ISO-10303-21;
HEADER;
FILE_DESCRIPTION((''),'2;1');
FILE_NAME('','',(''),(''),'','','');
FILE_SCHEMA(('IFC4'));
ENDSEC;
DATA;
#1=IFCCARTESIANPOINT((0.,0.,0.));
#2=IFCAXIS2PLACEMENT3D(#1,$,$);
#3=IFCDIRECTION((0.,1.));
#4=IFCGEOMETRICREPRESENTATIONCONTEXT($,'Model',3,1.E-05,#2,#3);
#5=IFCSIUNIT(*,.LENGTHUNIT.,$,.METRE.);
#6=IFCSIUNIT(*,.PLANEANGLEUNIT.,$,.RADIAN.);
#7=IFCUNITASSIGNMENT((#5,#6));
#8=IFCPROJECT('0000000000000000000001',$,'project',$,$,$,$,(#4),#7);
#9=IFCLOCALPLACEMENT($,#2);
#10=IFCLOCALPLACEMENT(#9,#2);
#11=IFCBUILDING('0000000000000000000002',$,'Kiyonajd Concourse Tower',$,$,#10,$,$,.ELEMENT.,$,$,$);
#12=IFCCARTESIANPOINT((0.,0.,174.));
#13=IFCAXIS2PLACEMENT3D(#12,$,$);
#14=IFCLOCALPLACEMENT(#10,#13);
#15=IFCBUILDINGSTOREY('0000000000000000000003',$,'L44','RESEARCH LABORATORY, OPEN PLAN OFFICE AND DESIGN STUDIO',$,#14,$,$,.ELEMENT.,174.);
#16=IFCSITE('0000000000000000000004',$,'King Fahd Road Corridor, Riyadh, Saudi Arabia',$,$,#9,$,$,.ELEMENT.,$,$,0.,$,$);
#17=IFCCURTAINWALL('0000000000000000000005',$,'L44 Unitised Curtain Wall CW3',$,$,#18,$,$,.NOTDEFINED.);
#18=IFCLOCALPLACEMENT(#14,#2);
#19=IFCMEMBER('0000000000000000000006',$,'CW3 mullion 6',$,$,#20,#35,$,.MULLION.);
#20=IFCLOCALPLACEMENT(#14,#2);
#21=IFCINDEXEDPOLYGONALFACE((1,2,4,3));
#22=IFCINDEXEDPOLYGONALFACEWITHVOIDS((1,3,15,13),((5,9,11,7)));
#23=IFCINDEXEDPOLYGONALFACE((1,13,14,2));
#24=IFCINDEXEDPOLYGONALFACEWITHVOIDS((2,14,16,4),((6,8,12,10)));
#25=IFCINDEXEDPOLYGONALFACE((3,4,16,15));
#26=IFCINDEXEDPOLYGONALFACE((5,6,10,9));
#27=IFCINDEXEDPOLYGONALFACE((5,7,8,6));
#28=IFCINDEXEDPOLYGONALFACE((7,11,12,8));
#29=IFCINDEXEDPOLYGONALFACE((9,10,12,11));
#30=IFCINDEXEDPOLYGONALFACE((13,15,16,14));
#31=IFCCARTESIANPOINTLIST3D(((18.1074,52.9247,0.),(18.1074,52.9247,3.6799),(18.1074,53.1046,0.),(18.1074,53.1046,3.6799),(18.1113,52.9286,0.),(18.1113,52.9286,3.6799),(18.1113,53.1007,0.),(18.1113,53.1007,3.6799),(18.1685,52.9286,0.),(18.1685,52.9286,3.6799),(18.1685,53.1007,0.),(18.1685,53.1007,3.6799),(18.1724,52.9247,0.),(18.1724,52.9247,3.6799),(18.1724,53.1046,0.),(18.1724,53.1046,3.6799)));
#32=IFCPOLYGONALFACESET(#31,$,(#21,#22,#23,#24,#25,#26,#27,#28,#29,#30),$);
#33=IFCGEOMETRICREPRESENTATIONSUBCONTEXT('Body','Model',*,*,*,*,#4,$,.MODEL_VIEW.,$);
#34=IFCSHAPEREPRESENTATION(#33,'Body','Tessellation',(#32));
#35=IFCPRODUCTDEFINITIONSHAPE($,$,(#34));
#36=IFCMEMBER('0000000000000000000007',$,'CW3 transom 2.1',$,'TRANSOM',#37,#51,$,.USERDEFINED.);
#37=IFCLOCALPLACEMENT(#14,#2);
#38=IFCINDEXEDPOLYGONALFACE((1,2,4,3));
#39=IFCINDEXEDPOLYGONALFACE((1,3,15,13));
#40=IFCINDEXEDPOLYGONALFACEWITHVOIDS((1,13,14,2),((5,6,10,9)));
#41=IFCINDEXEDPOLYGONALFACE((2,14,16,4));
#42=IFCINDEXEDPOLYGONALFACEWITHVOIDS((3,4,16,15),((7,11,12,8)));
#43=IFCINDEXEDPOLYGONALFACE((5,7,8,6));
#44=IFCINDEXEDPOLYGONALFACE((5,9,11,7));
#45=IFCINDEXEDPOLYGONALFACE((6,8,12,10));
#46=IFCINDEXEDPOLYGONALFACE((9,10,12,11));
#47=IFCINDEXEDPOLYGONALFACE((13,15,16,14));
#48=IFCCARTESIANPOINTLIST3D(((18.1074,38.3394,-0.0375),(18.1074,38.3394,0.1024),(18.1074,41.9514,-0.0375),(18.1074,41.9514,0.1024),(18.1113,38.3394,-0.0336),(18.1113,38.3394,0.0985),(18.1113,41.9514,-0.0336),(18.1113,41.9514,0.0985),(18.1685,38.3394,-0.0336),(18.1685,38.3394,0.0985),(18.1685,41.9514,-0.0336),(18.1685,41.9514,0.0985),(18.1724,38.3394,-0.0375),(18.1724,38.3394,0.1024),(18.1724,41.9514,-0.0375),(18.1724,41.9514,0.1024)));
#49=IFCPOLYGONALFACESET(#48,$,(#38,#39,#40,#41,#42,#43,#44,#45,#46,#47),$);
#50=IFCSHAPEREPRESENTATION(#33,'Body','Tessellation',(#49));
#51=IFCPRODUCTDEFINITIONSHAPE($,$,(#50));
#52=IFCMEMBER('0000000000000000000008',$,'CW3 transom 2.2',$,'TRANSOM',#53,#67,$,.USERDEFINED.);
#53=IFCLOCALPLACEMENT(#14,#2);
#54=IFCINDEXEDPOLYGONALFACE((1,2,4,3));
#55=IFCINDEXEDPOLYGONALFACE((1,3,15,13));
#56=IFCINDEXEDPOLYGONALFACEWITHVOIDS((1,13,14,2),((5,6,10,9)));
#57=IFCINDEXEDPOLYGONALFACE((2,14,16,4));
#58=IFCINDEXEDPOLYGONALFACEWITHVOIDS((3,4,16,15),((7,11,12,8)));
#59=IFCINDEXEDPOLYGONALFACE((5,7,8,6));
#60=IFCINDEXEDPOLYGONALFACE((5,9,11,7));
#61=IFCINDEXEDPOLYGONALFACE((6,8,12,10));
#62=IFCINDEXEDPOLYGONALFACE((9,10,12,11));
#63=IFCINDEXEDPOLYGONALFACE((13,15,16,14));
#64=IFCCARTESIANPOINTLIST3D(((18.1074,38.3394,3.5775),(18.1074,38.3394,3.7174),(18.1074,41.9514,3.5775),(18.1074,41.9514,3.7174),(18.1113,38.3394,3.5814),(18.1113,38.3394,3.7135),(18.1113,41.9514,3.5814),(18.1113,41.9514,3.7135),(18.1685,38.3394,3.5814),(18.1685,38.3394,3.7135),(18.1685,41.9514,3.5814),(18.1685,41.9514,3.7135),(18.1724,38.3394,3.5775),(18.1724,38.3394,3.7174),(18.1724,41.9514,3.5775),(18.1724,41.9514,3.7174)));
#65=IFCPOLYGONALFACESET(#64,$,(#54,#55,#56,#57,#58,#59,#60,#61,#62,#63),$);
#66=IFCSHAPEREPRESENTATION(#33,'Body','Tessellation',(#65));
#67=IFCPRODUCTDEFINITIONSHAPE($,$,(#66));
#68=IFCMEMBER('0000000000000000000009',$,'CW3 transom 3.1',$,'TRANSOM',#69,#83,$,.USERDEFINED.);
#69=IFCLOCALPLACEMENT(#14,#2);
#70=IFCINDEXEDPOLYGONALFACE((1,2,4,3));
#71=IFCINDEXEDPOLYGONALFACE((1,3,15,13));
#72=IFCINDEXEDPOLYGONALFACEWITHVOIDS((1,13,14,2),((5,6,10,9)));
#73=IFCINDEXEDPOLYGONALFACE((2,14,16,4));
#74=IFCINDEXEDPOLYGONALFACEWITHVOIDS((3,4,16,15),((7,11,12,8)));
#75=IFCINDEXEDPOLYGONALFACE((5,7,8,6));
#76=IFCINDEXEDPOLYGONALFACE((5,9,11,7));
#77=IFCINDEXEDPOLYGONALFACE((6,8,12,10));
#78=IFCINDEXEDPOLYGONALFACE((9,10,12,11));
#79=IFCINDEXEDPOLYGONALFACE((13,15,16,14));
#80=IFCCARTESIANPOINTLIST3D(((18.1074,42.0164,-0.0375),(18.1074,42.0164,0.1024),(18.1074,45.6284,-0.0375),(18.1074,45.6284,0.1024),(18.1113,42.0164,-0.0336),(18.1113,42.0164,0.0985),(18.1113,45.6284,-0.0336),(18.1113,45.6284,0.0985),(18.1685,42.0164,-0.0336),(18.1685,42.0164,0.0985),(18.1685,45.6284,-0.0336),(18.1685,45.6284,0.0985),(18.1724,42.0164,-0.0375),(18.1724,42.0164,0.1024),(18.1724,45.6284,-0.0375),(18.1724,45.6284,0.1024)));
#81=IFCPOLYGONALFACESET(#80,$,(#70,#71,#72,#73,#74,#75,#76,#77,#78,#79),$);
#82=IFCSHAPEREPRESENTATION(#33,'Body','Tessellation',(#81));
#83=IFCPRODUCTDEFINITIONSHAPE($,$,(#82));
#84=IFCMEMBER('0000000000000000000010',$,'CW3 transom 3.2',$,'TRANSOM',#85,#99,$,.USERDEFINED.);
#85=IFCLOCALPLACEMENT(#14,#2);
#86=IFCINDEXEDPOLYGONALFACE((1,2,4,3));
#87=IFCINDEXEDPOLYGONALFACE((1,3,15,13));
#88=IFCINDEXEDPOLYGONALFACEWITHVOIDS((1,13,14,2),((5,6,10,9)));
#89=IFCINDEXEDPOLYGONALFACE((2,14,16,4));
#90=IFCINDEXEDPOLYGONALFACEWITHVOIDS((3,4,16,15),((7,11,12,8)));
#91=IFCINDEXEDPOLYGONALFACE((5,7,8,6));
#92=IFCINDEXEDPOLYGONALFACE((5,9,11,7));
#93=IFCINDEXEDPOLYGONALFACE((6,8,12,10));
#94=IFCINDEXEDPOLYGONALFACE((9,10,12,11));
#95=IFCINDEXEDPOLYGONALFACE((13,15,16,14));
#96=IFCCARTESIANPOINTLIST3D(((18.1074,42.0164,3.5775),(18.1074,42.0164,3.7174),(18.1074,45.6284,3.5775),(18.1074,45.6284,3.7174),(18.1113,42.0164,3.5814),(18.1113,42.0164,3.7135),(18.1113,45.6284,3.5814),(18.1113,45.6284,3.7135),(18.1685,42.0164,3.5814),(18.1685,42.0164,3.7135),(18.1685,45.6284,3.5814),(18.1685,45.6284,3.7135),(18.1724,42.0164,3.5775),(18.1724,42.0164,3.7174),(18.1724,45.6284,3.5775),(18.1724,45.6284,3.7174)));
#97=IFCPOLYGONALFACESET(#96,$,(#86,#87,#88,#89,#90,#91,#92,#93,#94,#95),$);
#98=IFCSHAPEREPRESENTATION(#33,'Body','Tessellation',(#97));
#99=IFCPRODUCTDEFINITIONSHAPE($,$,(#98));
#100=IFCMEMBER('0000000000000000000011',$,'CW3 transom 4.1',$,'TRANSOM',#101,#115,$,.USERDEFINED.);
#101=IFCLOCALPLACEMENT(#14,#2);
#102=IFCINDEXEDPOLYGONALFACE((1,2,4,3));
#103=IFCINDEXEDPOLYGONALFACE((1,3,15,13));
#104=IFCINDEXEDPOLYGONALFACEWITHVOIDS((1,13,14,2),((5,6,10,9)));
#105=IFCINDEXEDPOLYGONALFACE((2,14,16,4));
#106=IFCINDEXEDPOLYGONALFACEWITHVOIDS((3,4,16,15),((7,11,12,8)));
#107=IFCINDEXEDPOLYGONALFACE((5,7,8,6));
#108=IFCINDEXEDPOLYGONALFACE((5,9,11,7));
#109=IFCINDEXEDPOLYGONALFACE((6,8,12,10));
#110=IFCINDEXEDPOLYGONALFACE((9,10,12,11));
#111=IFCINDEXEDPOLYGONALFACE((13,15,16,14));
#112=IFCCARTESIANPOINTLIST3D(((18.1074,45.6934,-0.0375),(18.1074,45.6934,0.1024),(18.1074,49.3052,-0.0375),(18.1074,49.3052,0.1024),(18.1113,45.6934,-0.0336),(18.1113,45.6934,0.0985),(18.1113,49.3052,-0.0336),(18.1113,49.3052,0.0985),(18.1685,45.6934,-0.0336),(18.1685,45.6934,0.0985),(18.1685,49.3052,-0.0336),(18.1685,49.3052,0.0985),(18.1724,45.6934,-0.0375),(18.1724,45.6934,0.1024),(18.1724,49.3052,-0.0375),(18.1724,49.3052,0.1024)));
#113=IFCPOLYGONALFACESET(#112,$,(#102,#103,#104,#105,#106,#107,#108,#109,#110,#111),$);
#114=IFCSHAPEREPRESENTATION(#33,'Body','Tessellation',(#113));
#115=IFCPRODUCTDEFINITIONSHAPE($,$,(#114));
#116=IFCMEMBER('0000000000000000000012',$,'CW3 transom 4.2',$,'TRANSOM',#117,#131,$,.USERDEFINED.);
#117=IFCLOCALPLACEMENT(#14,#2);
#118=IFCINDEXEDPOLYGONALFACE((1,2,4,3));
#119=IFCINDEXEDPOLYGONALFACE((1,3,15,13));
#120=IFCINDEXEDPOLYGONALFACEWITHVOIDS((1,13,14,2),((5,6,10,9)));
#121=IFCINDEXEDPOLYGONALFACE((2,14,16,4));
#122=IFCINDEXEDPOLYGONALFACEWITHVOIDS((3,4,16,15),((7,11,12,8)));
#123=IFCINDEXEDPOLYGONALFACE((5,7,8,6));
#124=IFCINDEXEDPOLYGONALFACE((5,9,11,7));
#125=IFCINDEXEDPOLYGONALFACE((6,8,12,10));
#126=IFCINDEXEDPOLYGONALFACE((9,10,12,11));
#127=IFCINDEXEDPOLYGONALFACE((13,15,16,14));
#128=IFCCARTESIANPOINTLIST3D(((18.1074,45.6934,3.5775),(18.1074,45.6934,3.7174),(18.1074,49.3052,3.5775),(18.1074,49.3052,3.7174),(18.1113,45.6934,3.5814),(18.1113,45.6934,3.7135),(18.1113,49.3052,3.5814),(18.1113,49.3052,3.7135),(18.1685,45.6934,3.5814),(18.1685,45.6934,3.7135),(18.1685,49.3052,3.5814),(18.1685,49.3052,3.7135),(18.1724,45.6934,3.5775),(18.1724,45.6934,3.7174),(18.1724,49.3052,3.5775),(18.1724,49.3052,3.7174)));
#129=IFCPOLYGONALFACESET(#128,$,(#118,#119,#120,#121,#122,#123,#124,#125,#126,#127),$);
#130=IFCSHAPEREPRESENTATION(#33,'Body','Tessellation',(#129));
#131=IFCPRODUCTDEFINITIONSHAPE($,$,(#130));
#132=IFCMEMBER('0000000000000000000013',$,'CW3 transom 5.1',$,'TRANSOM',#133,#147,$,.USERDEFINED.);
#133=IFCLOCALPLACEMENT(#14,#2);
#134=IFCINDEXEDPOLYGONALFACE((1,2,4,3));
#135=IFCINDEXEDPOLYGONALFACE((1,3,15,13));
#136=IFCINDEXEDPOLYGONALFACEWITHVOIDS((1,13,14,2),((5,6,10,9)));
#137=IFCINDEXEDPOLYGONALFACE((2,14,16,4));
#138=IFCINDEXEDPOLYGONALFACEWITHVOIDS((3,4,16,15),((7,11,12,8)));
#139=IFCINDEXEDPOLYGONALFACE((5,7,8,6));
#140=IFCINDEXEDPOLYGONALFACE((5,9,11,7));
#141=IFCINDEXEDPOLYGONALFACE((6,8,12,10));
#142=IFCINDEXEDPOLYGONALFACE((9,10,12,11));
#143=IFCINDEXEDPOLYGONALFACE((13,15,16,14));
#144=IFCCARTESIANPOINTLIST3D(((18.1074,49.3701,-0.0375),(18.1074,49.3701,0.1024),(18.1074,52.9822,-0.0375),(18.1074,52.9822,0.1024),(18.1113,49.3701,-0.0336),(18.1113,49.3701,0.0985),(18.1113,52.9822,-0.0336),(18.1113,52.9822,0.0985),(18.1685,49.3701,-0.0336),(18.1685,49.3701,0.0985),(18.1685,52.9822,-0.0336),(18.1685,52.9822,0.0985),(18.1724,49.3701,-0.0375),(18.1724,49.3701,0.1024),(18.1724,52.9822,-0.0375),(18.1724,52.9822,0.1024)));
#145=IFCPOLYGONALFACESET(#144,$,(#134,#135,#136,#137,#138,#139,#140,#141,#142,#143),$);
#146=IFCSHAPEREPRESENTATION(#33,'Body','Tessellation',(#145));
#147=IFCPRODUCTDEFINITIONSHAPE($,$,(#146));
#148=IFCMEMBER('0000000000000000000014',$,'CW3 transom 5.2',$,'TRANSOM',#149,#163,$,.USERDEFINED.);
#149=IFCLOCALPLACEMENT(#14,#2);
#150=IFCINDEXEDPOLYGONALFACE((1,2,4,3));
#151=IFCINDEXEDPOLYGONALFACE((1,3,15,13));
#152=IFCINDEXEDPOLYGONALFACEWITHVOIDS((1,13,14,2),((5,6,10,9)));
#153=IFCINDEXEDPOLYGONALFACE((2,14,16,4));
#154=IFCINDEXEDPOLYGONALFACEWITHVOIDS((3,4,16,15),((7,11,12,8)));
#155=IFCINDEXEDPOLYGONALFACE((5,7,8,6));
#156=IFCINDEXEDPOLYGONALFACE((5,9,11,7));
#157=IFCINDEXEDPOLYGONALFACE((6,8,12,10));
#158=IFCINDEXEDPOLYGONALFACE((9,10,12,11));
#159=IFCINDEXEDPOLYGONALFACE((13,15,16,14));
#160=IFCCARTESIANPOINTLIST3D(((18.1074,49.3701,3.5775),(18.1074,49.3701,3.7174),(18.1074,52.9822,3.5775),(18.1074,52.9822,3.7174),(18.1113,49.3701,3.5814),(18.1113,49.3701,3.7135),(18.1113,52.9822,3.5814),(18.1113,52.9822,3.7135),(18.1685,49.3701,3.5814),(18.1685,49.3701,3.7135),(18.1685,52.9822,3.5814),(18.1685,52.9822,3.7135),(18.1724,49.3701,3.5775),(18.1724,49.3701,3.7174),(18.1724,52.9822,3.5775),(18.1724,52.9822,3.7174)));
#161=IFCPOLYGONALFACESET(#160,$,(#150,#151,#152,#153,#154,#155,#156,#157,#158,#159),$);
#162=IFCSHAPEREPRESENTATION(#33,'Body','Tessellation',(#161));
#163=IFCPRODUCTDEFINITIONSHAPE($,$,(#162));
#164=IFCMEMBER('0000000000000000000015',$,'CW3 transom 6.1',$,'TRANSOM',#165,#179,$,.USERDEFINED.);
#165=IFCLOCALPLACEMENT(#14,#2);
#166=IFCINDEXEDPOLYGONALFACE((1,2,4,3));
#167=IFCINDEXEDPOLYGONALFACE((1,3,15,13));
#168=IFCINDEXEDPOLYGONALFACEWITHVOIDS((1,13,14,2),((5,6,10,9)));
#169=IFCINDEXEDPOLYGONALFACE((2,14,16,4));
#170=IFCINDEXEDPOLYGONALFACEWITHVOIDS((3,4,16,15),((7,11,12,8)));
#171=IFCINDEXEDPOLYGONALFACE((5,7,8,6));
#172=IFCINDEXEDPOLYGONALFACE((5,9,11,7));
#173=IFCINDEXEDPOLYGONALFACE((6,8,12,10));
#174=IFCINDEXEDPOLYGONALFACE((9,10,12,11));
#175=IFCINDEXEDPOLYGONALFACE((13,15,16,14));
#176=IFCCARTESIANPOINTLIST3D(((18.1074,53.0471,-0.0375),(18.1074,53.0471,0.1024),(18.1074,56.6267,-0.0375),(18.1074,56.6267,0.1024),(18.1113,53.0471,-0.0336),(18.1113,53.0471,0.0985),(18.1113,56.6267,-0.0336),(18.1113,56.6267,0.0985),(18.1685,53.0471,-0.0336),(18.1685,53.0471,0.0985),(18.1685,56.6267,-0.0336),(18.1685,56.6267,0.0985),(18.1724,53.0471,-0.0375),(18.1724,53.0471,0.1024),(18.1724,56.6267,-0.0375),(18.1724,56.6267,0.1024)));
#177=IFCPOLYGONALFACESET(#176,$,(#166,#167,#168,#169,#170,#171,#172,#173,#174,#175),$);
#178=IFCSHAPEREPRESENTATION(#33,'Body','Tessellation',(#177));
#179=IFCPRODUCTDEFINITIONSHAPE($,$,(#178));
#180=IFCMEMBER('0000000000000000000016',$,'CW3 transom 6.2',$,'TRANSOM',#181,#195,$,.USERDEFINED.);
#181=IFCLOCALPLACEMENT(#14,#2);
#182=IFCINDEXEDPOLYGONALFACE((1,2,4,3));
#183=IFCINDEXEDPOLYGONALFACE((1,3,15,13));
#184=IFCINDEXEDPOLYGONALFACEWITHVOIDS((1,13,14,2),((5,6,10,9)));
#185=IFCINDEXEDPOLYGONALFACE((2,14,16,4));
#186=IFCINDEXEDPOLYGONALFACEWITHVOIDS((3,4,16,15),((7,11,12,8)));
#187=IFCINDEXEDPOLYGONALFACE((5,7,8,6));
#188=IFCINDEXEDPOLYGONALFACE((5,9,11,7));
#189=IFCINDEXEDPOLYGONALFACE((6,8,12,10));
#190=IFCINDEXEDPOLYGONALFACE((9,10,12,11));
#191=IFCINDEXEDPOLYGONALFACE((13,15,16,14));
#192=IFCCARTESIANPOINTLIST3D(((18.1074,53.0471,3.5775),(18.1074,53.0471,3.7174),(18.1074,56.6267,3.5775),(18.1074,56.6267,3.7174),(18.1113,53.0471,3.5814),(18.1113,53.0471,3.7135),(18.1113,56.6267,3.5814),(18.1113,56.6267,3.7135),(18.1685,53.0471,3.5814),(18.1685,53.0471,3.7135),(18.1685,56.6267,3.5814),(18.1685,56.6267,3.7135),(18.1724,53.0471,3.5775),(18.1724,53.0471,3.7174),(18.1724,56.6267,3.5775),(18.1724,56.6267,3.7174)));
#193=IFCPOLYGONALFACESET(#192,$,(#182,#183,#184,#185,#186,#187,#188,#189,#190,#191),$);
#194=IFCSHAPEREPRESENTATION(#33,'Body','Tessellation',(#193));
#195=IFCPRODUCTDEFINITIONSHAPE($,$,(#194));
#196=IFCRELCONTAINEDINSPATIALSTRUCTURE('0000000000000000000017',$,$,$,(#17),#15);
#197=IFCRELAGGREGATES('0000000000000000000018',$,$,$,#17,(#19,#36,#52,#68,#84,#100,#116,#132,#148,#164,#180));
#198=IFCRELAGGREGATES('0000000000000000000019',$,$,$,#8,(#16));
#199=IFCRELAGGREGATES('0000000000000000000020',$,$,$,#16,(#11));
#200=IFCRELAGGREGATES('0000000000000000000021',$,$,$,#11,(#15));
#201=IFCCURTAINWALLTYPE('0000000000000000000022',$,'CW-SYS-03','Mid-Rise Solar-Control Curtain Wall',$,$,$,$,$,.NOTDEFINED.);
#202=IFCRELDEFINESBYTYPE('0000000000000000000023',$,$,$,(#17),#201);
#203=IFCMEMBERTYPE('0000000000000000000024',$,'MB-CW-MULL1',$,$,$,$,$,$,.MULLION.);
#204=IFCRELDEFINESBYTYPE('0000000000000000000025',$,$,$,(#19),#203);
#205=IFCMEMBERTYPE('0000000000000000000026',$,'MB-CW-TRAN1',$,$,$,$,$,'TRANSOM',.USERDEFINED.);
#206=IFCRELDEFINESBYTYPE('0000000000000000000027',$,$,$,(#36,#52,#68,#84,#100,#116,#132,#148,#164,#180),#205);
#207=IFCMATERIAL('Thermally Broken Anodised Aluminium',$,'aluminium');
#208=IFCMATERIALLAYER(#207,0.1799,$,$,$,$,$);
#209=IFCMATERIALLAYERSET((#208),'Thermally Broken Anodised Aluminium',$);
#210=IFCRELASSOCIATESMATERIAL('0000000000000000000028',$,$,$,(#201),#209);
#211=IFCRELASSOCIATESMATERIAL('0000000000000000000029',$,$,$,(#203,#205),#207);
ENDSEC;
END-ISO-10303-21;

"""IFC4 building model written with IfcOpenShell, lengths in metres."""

from ifc_helpers import new_model, si_unit, direction, frame, origin, origin_2d, place, context, subcontext, project, spatial, hollow_rectangle, extrude, material, layer, layer_set, material_profile, profile_set, type_object, element, aggregate, save


model = new_model("IFC4")

# Units and contexts
model_context = context("Model", 3, precision=1e-05, world=origin(), true_north=direction((0.0, 1.0)))
body_context = subcontext(model_context, "Body", "Model", "MODEL_VIEW")
ifc_project = project(units=[si_unit("LENGTHUNIT", "METRE"), si_unit("PLANEANGLEUNIT", "RADIAN")], contexts=[model_context])

# Site, building, storey
site_placement = place(None, origin())
site = spatial("IfcSite", under=ifc_project, at=site_placement, Name="King Fahd Road Corridor, Riyadh, Saudi Arabia", CompositionType="ELEMENT", RefElevation=0.0)
building_placement = place(site_placement, origin())
building = spatial("IfcBuilding", under=site, at=building_placement, Name="Kiyonajd Concourse Tower", CompositionType="ELEMENT")
storey_placement = place(building_placement, frame((0.0, 0.0, 174.0)))
storey = spatial("IfcBuildingStorey", under=building, at=storey_placement, Name="L44", Description="RESEARCH LABORATORY, OPEN PLAN OFFICE AND DESIGN STUDIO", CompositionType="ELEMENT", Elevation=174.0)

# Curtain wall, members
ifc_material_1 = material(Name="Thermally Broken Anodised Aluminium", Category="aluminium")
ifc_layer_1 = layer(ifc_material_1, 0.1799)
ifc_layer_set_1 = layer_set([ifc_layer_1], Name="Thermally Broken Anodised Aluminium")
curtain_wall_type = type_object("IfcCurtainWallType", Name="CW-SYS-03", Description="Mid-Rise Solar-Control Curtain Wall", PredefinedType="NOTDEFINED", material=ifc_layer_set_1)
curtain_wall_placement = place(storey_placement, origin())
curtain_wall = element("IfcCurtainWall", 1, at=curtain_wall_placement, inside=storey, type_object=curtain_wall_type, Name="L44 Unitised Curtain Wall CW3", PredefinedType="NOTDEFINED")
ifc_material_profile_1 = material_profile(ifc_material_1, hollow_rectangle(XDim=0.0649, YDim=0.1799, WallThickness=0.0039, at=origin_2d()), Name="MULL-65x180")
ifc_profile_set_1 = profile_set([ifc_material_profile_1], Name="Thermally Broken Anodised Aluminium")
member_type_1 = type_object("IfcMemberType", Name="MB-CW-MULL1", PredefinedType="MULLION", material=ifc_profile_set_1)
member_1_placement = place(storey_placement, frame((18.1399, 53.0146, 0.0), z_axis=(0.0, 0.0, 1.0), x_axis=(-1.0, 0.0, 0.0)))
member_1 = element("IfcMember", 2, at=member_1_placement, type_object=member_type_1, Name="CW3 mullion 6", PredefinedType="MULLION", context=body_context, shape_type="SweptSolid", body=[
    extrude(hollow_rectangle(XDim=0.0649, YDim=0.1799, WallThickness=0.0039, at=origin_2d()), origin(), (0.0, 0.0, 1.0), 3.6799),
])
ifc_material_profile_2 = material_profile(ifc_material_1, hollow_rectangle(XDim=0.0649, YDim=0.1399, WallThickness=0.0039, at=origin_2d()), Name="TRAN-65x140")
ifc_profile_set_2 = profile_set([ifc_material_profile_2], Name="Thermally Broken Anodised Aluminium")
member_type_2 = type_object("IfcMemberType", Name="MB-CW-TRAN1", ElementType="TRANSOM", PredefinedType="USERDEFINED", material=ifc_profile_set_2)
member_2_placement = place(storey_placement, frame((18.1399, 38.3394, 0.0325), z_axis=(0.0, 1.0, 0.0), x_axis=(-1.0, 0.0, 0.0)))
member_2 = element("IfcMember", 3, at=member_2_placement, type_object=member_type_2, Name="CW3 transom 2.1", ObjectType="TRANSOM", PredefinedType="USERDEFINED", context=body_context, shape_type="SweptSolid", body=[
    extrude(hollow_rectangle(XDim=0.0649, YDim=0.1399, WallThickness=0.0039, at=origin_2d()), origin(), (0.0, 0.0, 1.0), 3.6121),
])
member_3_placement = place(storey_placement, frame((18.1399, 38.3394, 3.6475), z_axis=(0.0, 1.0, 0.0), x_axis=(-1.0, 0.0, 0.0)))
member_3 = element("IfcMember", 4, at=member_3_placement, type_object=member_type_2, Name="CW3 transom 2.2", ObjectType="TRANSOM", PredefinedType="USERDEFINED", context=body_context, shape_type="SweptSolid", body=[
    extrude(hollow_rectangle(XDim=0.0649, YDim=0.1399, WallThickness=0.0039, at=origin_2d()), origin(), (0.0, 0.0, 1.0), 3.6121),
])
member_4_placement = place(storey_placement, frame((18.1399, 42.0164, 0.0325), z_axis=(0.0, 1.0, 0.0), x_axis=(-1.0, 0.0, 0.0)))
member_4 = element("IfcMember", 5, at=member_4_placement, type_object=member_type_2, Name="CW3 transom 3.1", ObjectType="TRANSOM", PredefinedType="USERDEFINED", context=body_context, shape_type="SweptSolid", body=[
    extrude(hollow_rectangle(XDim=0.0649, YDim=0.1399, WallThickness=0.0039, at=origin_2d()), origin(), (0.0, 0.0, 1.0), 3.6121),
])
member_5_placement = place(storey_placement, frame((18.1399, 42.0164, 3.6475), z_axis=(0.0, 1.0, 0.0), x_axis=(-1.0, 0.0, 0.0)))
member_5 = element("IfcMember", 6, at=member_5_placement, type_object=member_type_2, Name="CW3 transom 3.2", ObjectType="TRANSOM", PredefinedType="USERDEFINED", context=body_context, shape_type="SweptSolid", body=[
    extrude(hollow_rectangle(XDim=0.0649, YDim=0.1399, WallThickness=0.0039, at=origin_2d()), origin(), (0.0, 0.0, 1.0), 3.6121),
])
member_6_placement = place(storey_placement, frame((18.1399, 45.6934, 0.0325), z_axis=(0.0, 1.0, 0.0), x_axis=(-1.0, 0.0, 0.0)))
member_6 = element("IfcMember", 7, at=member_6_placement, type_object=member_type_2, Name="CW3 transom 4.1", ObjectType="TRANSOM", PredefinedType="USERDEFINED", context=body_context, shape_type="SweptSolid", body=[
    extrude(hollow_rectangle(XDim=0.0649, YDim=0.1399, WallThickness=0.0039, at=origin_2d()), origin(), (0.0, 0.0, 1.0), 3.6118),
])
member_7_placement = place(storey_placement, frame((18.1399, 45.6934, 3.6475), z_axis=(0.0, 1.0, 0.0), x_axis=(-1.0, 0.0, 0.0)))
member_7 = element("IfcMember", 8, at=member_7_placement, type_object=member_type_2, Name="CW3 transom 4.2", ObjectType="TRANSOM", PredefinedType="USERDEFINED", context=body_context, shape_type="SweptSolid", body=[
    extrude(hollow_rectangle(XDim=0.0649, YDim=0.1399, WallThickness=0.0039, at=origin_2d()), origin(), (0.0, 0.0, 1.0), 3.6118),
])
member_8_placement = place(storey_placement, frame((18.1399, 49.3701, 0.0325), z_axis=(0.0, 1.0, 0.0), x_axis=(-1.0, 0.0, 0.0)))
member_8 = element("IfcMember", 9, at=member_8_placement, type_object=member_type_2, Name="CW3 transom 5.1", ObjectType="TRANSOM", PredefinedType="USERDEFINED", context=body_context, shape_type="SweptSolid", body=[
    extrude(hollow_rectangle(XDim=0.0649, YDim=0.1399, WallThickness=0.0039, at=origin_2d()), origin(), (0.0, 0.0, 1.0), 3.6121),
])
member_9_placement = place(storey_placement, frame((18.1399, 49.3701, 3.6475), z_axis=(0.0, 1.0, 0.0), x_axis=(-1.0, 0.0, 0.0)))
member_9 = element("IfcMember", 10, at=member_9_placement, type_object=member_type_2, Name="CW3 transom 5.2", ObjectType="TRANSOM", PredefinedType="USERDEFINED", context=body_context, shape_type="SweptSolid", body=[
    extrude(hollow_rectangle(XDim=0.0649, YDim=0.1399, WallThickness=0.0039, at=origin_2d()), origin(), (0.0, 0.0, 1.0), 3.6121),
])
member_10_placement = place(storey_placement, frame((18.1399, 53.0471, 0.0325), z_axis=(0.0, 1.0, 0.0), x_axis=(-1.0, 0.0, 0.0)))
member_10 = element("IfcMember", 11, at=member_10_placement, type_object=member_type_2, Name="CW3 transom 6.1", ObjectType="TRANSOM", PredefinedType="USERDEFINED", context=body_context, shape_type="SweptSolid", body=[
    extrude(hollow_rectangle(XDim=0.0649, YDim=0.1399, WallThickness=0.0039, at=origin_2d()), origin(), (0.0, 0.0, 1.0), 3.5796),
])
member_11_placement = place(storey_placement, frame((18.1399, 53.0471, 3.6475), z_axis=(0.0, 1.0, 0.0), x_axis=(-1.0, 0.0, 0.0)))
member_11 = element("IfcMember", 12, at=member_11_placement, type_object=member_type_2, Name="CW3 transom 6.2", ObjectType="TRANSOM", PredefinedType="USERDEFINED", context=body_context, shape_type="SweptSolid", body=[
    extrude(hollow_rectangle(XDim=0.0649, YDim=0.1399, WallThickness=0.0039, at=origin_2d()), origin(), (0.0, 0.0, 1.0), 3.5796),
])
aggregate(curtain_wall, [member_1, member_2, member_3, member_4, member_5, member_6, member_7, member_8, member_9, member_10, member_11])

save(model, "model.ifc")
